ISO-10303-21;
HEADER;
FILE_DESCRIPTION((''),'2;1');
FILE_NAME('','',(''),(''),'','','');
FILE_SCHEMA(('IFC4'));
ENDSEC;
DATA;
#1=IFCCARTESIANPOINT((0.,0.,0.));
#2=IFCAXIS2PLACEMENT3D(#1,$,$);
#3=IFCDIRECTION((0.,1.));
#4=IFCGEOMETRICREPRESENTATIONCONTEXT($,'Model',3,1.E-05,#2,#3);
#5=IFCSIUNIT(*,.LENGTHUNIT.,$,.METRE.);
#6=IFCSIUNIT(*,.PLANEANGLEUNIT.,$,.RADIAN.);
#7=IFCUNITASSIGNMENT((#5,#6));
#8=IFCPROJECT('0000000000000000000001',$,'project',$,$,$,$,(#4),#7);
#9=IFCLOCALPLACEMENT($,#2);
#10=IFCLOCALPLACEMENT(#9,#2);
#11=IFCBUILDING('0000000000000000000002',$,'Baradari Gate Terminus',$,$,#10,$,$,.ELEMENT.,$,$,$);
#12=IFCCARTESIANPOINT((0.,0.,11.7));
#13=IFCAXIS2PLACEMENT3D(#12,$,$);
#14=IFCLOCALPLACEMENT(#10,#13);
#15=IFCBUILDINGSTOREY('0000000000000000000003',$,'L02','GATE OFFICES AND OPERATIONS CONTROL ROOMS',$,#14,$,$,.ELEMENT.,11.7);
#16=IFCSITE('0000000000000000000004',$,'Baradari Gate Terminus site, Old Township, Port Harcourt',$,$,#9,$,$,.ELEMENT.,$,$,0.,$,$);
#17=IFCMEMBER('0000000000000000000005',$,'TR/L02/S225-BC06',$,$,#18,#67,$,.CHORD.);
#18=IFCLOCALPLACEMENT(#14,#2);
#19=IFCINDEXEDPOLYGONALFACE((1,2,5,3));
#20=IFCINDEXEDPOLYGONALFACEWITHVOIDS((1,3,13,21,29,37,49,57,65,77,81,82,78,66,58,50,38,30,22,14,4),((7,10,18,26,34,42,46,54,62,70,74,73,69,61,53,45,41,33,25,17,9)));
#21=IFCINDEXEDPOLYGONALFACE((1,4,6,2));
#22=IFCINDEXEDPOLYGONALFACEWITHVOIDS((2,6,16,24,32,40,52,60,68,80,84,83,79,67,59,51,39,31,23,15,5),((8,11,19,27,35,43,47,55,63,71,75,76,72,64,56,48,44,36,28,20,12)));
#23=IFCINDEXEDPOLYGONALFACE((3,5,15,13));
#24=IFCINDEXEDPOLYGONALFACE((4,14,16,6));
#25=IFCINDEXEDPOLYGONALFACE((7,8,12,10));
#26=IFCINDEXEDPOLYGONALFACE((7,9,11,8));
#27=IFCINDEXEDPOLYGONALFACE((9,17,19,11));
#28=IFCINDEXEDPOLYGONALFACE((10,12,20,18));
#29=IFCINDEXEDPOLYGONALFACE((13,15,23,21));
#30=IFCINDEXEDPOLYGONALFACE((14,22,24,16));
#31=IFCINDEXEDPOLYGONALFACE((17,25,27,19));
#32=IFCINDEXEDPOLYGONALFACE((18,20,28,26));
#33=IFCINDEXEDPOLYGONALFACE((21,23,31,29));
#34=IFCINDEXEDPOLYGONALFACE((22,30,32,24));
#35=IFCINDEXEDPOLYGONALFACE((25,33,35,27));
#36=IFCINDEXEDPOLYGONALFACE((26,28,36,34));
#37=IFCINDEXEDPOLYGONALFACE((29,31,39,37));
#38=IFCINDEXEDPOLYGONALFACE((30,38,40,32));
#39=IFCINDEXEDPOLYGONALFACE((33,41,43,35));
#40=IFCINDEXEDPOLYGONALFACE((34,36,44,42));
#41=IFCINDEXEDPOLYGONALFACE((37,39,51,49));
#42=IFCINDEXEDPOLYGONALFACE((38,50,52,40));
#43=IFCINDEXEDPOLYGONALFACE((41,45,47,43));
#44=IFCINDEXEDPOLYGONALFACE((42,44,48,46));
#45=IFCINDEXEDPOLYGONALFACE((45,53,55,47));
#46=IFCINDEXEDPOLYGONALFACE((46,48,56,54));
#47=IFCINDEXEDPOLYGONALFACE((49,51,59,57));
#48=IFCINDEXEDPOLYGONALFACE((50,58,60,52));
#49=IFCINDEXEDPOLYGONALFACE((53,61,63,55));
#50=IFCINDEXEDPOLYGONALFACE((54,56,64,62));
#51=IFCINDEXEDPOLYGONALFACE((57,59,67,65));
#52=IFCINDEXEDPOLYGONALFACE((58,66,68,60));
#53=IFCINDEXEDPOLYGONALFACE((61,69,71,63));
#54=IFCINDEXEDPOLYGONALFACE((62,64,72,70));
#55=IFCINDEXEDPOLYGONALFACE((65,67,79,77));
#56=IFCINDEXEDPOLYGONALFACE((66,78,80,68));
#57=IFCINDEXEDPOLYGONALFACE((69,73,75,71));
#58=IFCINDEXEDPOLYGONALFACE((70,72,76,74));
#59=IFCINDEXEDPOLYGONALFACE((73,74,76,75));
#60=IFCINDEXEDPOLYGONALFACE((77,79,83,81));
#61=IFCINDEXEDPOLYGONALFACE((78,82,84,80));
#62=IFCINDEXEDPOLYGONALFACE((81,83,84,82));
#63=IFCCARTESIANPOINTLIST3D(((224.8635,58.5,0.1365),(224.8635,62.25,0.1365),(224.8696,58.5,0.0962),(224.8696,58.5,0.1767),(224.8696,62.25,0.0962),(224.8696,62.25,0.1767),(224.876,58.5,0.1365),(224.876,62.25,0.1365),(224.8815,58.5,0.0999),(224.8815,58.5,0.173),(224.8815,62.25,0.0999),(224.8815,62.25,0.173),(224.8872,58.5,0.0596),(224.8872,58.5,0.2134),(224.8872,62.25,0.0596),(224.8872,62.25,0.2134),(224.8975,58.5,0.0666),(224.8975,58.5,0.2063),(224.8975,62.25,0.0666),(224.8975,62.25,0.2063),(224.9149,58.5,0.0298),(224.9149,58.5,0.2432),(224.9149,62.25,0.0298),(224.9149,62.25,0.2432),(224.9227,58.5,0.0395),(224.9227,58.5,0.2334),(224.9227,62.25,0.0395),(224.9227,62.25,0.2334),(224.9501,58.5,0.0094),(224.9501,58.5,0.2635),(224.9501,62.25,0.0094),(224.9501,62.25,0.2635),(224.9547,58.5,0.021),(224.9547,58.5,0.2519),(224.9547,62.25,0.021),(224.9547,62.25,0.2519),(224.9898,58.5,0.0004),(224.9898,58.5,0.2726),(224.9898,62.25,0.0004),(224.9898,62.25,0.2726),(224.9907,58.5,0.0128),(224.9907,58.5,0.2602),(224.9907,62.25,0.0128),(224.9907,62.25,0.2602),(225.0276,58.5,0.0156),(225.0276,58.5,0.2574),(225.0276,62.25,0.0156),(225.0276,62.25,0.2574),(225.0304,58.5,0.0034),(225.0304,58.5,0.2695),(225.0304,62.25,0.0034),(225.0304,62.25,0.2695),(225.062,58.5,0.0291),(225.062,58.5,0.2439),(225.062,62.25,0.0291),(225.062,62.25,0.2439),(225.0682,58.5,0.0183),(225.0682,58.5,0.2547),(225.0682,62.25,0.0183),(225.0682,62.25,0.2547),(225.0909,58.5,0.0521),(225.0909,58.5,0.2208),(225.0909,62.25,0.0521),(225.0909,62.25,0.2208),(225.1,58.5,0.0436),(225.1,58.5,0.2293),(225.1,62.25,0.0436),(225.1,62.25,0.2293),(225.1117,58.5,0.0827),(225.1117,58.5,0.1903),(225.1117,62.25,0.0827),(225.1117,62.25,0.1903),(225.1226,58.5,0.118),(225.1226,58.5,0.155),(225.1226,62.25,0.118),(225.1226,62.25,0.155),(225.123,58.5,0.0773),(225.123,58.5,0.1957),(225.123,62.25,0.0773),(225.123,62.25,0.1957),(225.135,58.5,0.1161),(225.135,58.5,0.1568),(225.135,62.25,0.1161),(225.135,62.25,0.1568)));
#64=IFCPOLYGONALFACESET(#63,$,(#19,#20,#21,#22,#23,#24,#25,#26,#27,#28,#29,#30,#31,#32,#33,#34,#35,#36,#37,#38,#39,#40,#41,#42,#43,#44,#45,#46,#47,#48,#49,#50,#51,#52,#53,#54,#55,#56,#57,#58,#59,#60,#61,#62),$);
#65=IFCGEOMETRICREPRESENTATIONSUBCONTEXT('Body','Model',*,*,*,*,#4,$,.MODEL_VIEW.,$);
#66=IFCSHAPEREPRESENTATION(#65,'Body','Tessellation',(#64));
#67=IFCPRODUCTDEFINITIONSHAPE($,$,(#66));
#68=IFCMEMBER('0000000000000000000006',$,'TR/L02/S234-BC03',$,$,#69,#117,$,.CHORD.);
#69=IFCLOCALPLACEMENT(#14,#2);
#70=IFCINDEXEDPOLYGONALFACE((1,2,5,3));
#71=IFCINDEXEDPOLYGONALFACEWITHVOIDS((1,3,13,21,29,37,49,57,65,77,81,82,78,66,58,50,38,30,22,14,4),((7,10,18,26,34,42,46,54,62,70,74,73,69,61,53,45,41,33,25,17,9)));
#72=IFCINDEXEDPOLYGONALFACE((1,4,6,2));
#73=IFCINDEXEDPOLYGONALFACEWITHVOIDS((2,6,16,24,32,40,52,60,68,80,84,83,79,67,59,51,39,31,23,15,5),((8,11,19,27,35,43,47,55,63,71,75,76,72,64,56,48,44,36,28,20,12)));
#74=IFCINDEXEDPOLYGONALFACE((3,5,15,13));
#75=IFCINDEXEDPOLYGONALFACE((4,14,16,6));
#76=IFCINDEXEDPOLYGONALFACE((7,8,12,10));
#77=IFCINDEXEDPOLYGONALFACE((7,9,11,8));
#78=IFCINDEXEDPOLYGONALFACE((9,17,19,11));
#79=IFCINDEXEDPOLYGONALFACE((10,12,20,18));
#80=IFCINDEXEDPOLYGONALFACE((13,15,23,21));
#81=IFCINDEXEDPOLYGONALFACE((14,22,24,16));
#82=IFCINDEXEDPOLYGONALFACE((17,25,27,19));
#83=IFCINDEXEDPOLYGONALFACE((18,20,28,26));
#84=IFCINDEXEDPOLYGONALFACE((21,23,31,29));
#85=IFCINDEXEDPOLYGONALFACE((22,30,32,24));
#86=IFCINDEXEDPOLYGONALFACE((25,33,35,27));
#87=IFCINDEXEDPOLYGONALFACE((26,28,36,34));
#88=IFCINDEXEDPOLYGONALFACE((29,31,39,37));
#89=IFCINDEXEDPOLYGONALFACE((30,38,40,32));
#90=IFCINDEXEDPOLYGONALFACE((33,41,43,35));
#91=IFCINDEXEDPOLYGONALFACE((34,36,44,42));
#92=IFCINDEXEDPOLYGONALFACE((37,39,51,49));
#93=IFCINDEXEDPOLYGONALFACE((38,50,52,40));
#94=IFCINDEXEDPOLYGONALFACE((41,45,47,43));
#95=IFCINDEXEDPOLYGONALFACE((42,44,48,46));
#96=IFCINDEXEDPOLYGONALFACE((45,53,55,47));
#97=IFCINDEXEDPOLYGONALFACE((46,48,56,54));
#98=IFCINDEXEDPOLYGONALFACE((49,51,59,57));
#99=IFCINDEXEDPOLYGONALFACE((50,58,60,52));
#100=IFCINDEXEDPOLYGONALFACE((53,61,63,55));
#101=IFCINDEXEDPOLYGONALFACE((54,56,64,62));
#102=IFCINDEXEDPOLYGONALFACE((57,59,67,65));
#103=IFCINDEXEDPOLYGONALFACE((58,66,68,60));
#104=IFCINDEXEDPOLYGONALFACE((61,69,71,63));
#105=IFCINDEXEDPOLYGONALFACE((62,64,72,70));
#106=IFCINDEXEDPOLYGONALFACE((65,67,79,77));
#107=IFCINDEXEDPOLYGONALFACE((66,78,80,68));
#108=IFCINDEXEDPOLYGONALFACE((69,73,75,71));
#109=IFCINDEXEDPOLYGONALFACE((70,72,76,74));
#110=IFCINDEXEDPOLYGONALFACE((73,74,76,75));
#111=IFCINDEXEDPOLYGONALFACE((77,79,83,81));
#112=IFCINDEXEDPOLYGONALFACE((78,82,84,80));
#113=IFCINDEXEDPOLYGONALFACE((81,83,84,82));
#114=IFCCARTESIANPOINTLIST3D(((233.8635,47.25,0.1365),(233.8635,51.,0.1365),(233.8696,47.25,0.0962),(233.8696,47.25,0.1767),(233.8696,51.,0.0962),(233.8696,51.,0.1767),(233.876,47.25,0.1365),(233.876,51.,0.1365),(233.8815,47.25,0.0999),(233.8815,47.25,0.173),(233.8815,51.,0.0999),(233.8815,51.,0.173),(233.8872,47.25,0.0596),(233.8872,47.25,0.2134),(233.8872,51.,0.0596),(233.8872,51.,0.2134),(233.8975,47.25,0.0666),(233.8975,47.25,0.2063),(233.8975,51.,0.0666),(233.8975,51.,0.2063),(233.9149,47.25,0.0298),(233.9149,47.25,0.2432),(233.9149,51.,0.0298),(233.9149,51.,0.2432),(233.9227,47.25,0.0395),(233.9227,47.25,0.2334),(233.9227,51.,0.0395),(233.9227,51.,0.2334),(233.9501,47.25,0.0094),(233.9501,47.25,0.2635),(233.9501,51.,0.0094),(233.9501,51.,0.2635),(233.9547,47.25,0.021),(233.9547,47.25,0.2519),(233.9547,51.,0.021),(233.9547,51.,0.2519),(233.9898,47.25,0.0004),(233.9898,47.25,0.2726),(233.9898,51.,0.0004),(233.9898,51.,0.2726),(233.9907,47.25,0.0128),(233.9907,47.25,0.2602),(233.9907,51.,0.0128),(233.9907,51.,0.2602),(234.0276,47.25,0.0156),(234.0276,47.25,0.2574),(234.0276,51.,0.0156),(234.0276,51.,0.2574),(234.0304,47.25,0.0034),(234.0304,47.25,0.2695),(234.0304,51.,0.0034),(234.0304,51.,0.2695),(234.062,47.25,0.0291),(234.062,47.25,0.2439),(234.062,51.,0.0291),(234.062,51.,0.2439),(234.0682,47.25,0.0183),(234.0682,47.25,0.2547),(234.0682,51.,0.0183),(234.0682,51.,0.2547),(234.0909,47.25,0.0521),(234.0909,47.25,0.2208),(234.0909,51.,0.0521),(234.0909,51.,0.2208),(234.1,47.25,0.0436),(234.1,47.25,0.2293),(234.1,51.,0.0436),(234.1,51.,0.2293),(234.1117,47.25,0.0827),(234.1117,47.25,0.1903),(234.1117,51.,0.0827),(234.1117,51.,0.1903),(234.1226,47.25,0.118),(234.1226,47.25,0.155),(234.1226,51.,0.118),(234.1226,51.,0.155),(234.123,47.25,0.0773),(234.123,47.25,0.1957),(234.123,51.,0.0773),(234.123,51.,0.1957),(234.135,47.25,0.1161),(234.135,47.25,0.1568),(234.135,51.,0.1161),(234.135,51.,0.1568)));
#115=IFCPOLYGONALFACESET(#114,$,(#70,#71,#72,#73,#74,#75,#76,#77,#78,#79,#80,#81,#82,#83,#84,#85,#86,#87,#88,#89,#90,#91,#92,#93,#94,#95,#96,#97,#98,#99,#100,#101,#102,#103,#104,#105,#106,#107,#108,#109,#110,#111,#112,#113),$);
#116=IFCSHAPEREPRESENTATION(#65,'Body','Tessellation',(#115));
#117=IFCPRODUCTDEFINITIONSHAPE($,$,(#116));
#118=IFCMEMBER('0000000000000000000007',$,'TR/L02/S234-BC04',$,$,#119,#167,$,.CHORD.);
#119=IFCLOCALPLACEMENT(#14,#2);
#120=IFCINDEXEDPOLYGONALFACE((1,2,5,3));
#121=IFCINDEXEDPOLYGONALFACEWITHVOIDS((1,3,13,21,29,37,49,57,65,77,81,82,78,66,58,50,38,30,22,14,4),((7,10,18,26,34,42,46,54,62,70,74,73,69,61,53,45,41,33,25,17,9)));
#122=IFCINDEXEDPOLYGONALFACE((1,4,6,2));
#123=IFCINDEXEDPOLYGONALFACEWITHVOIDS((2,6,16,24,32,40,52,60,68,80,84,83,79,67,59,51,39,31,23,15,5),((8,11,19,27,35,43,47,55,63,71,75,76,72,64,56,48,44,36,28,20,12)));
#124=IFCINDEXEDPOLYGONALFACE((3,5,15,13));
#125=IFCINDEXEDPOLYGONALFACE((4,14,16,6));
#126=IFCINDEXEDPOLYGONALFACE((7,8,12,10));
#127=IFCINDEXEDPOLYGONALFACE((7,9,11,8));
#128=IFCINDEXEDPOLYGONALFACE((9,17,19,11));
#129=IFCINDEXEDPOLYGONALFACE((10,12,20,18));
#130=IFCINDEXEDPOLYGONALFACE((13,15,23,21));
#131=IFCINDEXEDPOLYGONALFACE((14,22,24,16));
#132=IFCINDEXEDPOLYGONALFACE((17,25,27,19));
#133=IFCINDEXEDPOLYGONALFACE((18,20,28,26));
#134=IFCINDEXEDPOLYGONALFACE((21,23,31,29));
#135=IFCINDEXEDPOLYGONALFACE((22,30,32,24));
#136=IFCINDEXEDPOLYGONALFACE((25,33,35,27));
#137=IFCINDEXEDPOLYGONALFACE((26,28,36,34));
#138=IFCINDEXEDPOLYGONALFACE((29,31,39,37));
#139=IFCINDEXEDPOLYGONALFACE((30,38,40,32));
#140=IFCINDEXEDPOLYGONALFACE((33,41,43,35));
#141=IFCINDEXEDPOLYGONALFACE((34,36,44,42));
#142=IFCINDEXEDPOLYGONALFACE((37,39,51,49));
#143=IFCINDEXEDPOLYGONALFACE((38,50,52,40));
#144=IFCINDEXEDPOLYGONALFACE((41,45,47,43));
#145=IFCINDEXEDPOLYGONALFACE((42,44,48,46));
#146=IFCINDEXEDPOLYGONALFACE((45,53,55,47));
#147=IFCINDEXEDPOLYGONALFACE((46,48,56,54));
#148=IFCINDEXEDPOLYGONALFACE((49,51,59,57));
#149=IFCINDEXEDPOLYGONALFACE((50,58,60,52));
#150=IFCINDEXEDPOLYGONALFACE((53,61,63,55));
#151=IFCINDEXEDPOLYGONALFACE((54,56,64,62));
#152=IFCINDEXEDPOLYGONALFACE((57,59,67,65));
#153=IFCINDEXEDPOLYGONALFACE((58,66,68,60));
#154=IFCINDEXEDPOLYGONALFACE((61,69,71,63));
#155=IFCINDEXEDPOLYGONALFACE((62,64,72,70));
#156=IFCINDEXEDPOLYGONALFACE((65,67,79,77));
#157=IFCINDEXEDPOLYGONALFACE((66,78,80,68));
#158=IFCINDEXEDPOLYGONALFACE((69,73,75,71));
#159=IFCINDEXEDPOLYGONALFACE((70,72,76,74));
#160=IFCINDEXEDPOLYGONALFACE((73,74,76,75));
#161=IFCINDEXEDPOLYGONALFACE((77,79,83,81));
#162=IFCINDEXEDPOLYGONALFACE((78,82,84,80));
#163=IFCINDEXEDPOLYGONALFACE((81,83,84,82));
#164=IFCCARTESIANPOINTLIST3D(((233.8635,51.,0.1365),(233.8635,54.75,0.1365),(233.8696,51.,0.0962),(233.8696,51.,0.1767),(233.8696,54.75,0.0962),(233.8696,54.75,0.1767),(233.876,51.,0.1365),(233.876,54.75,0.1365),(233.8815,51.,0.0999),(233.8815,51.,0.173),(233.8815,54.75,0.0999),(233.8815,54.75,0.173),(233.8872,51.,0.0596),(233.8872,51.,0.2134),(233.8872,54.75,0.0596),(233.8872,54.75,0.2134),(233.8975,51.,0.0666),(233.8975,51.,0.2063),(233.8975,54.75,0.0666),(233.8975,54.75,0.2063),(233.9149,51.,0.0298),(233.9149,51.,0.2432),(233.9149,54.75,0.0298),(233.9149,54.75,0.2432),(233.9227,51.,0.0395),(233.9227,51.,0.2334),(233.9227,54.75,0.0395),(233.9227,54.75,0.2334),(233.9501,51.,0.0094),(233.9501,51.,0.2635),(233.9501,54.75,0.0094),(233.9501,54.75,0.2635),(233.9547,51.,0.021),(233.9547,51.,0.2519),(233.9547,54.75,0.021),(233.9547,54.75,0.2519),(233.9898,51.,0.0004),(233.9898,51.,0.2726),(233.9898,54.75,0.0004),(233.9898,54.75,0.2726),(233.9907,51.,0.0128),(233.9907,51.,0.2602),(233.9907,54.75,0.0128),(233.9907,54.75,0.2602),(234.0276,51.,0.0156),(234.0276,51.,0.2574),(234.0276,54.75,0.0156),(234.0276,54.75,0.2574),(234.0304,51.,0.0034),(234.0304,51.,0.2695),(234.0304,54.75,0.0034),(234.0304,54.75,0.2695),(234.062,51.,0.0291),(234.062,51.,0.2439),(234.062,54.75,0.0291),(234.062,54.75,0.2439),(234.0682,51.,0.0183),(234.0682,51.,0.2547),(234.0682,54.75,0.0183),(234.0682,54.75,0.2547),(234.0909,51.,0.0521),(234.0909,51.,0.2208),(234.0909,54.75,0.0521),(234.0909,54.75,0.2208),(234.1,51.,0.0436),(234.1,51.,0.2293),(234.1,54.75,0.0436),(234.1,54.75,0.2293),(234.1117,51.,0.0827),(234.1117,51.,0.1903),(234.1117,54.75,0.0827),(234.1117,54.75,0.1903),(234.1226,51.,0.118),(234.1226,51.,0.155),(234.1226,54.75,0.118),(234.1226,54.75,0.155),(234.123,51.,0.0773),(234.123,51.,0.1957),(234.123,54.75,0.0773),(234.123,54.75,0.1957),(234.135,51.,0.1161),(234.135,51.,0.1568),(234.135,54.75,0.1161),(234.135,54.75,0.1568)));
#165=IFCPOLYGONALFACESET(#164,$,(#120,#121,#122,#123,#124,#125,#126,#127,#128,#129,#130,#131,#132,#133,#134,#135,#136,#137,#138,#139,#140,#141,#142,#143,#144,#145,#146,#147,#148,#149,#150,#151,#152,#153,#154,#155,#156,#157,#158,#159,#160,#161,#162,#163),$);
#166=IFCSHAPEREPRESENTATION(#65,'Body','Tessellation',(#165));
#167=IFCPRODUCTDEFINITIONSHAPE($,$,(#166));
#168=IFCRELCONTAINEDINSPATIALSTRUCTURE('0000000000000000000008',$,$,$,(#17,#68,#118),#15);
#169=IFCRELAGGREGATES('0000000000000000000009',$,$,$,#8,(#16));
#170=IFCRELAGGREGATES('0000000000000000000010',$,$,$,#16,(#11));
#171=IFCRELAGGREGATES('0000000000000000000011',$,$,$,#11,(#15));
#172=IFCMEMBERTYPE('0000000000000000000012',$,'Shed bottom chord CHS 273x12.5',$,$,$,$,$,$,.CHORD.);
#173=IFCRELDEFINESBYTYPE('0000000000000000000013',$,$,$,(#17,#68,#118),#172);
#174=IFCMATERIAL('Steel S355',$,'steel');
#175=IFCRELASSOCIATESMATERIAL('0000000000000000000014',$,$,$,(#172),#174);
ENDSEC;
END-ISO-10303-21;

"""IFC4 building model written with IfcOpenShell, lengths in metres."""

from ifc_helpers import new_model, si_unit, direction, frame, origin, origin_2d, place, context, subcontext, project, spatial, hollow_circle, extrude, material, material_profile, profile_set, type_object, element, save


model = new_model("IFC4")

# Units and contexts
model_context = context("Model", 3, precision=1e-05, world=origin(), true_north=direction((0.0, 1.0)))
body_context = subcontext(model_context, "Body", "Model", "MODEL_VIEW")
ifc_project = project(units=[si_unit("LENGTHUNIT", "METRE"), si_unit("PLANEANGLEUNIT", "RADIAN")], contexts=[model_context])

# Site, building, storey
site_placement = place(None, origin())
site = spatial("IfcSite", under=ifc_project, at=site_placement, Name="Baradari Gate Terminus site, Old Township, Port Harcourt", CompositionType="ELEMENT", RefElevation=0.0)
building_placement = place(site_placement, origin())
building = spatial("IfcBuilding", under=site, at=building_placement, Name="Baradari Gate Terminus", CompositionType="ELEMENT")
storey_placement = place(building_placement, frame((0.0, 0.0, 11.7)))
storey = spatial("IfcBuildingStorey", under=building, at=storey_placement, Name="L02", Description="GATE OFFICES AND OPERATIONS CONTROL ROOMS", CompositionType="ELEMENT", Elevation=11.7)

# Members
ifc_material_1 = material(Name="Steel S355", Category="steel")
ifc_material_profile_1 = material_profile(ifc_material_1, hollow_circle(Radius=0.1365, WallThickness=0.0125, at=origin_2d()), Name="CHS 273x12.5")
ifc_profile_set_1 = profile_set([ifc_material_profile_1], Name="Steel S355")
member_type_1 = type_object("IfcMemberType", Name="Shed bottom chord CHS 273x12.5", PredefinedType="CHORD", material=ifc_profile_set_1)
for number, where, z_axis, x_axis, name in (
    (1, (225.0, 58.5, 0.1365), (0.0, 1.0, 0.0), (-1.0, 0.0, 0.0), "TR/L02/S225-BC06"),
    (2, (234.0, 47.25, 0.1365), (0.0, 1.0, 0.0), (-1.0, 0.0, 0.0), "TR/L02/S234-BC03"),
    (3, (234.0, 51.0, 0.1365), (0.0, 1.0, 0.0), (-1.0, 0.0, 0.0), "TR/L02/S234-BC04"),
):
    element("IfcMember", number, at=place(storey_placement, frame(where, z_axis=z_axis, x_axis=x_axis)), inside=storey, type_object=member_type_1, Name=name, PredefinedType="CHORD", context=body_context, shape_type="SweptSolid", body=[
        extrude(hollow_circle(Radius=0.1365, WallThickness=0.0125, at=origin_2d()), origin(), (0.0, 0.0, 1.0), 3.75),
    ])

save(model, "model.ifc")
